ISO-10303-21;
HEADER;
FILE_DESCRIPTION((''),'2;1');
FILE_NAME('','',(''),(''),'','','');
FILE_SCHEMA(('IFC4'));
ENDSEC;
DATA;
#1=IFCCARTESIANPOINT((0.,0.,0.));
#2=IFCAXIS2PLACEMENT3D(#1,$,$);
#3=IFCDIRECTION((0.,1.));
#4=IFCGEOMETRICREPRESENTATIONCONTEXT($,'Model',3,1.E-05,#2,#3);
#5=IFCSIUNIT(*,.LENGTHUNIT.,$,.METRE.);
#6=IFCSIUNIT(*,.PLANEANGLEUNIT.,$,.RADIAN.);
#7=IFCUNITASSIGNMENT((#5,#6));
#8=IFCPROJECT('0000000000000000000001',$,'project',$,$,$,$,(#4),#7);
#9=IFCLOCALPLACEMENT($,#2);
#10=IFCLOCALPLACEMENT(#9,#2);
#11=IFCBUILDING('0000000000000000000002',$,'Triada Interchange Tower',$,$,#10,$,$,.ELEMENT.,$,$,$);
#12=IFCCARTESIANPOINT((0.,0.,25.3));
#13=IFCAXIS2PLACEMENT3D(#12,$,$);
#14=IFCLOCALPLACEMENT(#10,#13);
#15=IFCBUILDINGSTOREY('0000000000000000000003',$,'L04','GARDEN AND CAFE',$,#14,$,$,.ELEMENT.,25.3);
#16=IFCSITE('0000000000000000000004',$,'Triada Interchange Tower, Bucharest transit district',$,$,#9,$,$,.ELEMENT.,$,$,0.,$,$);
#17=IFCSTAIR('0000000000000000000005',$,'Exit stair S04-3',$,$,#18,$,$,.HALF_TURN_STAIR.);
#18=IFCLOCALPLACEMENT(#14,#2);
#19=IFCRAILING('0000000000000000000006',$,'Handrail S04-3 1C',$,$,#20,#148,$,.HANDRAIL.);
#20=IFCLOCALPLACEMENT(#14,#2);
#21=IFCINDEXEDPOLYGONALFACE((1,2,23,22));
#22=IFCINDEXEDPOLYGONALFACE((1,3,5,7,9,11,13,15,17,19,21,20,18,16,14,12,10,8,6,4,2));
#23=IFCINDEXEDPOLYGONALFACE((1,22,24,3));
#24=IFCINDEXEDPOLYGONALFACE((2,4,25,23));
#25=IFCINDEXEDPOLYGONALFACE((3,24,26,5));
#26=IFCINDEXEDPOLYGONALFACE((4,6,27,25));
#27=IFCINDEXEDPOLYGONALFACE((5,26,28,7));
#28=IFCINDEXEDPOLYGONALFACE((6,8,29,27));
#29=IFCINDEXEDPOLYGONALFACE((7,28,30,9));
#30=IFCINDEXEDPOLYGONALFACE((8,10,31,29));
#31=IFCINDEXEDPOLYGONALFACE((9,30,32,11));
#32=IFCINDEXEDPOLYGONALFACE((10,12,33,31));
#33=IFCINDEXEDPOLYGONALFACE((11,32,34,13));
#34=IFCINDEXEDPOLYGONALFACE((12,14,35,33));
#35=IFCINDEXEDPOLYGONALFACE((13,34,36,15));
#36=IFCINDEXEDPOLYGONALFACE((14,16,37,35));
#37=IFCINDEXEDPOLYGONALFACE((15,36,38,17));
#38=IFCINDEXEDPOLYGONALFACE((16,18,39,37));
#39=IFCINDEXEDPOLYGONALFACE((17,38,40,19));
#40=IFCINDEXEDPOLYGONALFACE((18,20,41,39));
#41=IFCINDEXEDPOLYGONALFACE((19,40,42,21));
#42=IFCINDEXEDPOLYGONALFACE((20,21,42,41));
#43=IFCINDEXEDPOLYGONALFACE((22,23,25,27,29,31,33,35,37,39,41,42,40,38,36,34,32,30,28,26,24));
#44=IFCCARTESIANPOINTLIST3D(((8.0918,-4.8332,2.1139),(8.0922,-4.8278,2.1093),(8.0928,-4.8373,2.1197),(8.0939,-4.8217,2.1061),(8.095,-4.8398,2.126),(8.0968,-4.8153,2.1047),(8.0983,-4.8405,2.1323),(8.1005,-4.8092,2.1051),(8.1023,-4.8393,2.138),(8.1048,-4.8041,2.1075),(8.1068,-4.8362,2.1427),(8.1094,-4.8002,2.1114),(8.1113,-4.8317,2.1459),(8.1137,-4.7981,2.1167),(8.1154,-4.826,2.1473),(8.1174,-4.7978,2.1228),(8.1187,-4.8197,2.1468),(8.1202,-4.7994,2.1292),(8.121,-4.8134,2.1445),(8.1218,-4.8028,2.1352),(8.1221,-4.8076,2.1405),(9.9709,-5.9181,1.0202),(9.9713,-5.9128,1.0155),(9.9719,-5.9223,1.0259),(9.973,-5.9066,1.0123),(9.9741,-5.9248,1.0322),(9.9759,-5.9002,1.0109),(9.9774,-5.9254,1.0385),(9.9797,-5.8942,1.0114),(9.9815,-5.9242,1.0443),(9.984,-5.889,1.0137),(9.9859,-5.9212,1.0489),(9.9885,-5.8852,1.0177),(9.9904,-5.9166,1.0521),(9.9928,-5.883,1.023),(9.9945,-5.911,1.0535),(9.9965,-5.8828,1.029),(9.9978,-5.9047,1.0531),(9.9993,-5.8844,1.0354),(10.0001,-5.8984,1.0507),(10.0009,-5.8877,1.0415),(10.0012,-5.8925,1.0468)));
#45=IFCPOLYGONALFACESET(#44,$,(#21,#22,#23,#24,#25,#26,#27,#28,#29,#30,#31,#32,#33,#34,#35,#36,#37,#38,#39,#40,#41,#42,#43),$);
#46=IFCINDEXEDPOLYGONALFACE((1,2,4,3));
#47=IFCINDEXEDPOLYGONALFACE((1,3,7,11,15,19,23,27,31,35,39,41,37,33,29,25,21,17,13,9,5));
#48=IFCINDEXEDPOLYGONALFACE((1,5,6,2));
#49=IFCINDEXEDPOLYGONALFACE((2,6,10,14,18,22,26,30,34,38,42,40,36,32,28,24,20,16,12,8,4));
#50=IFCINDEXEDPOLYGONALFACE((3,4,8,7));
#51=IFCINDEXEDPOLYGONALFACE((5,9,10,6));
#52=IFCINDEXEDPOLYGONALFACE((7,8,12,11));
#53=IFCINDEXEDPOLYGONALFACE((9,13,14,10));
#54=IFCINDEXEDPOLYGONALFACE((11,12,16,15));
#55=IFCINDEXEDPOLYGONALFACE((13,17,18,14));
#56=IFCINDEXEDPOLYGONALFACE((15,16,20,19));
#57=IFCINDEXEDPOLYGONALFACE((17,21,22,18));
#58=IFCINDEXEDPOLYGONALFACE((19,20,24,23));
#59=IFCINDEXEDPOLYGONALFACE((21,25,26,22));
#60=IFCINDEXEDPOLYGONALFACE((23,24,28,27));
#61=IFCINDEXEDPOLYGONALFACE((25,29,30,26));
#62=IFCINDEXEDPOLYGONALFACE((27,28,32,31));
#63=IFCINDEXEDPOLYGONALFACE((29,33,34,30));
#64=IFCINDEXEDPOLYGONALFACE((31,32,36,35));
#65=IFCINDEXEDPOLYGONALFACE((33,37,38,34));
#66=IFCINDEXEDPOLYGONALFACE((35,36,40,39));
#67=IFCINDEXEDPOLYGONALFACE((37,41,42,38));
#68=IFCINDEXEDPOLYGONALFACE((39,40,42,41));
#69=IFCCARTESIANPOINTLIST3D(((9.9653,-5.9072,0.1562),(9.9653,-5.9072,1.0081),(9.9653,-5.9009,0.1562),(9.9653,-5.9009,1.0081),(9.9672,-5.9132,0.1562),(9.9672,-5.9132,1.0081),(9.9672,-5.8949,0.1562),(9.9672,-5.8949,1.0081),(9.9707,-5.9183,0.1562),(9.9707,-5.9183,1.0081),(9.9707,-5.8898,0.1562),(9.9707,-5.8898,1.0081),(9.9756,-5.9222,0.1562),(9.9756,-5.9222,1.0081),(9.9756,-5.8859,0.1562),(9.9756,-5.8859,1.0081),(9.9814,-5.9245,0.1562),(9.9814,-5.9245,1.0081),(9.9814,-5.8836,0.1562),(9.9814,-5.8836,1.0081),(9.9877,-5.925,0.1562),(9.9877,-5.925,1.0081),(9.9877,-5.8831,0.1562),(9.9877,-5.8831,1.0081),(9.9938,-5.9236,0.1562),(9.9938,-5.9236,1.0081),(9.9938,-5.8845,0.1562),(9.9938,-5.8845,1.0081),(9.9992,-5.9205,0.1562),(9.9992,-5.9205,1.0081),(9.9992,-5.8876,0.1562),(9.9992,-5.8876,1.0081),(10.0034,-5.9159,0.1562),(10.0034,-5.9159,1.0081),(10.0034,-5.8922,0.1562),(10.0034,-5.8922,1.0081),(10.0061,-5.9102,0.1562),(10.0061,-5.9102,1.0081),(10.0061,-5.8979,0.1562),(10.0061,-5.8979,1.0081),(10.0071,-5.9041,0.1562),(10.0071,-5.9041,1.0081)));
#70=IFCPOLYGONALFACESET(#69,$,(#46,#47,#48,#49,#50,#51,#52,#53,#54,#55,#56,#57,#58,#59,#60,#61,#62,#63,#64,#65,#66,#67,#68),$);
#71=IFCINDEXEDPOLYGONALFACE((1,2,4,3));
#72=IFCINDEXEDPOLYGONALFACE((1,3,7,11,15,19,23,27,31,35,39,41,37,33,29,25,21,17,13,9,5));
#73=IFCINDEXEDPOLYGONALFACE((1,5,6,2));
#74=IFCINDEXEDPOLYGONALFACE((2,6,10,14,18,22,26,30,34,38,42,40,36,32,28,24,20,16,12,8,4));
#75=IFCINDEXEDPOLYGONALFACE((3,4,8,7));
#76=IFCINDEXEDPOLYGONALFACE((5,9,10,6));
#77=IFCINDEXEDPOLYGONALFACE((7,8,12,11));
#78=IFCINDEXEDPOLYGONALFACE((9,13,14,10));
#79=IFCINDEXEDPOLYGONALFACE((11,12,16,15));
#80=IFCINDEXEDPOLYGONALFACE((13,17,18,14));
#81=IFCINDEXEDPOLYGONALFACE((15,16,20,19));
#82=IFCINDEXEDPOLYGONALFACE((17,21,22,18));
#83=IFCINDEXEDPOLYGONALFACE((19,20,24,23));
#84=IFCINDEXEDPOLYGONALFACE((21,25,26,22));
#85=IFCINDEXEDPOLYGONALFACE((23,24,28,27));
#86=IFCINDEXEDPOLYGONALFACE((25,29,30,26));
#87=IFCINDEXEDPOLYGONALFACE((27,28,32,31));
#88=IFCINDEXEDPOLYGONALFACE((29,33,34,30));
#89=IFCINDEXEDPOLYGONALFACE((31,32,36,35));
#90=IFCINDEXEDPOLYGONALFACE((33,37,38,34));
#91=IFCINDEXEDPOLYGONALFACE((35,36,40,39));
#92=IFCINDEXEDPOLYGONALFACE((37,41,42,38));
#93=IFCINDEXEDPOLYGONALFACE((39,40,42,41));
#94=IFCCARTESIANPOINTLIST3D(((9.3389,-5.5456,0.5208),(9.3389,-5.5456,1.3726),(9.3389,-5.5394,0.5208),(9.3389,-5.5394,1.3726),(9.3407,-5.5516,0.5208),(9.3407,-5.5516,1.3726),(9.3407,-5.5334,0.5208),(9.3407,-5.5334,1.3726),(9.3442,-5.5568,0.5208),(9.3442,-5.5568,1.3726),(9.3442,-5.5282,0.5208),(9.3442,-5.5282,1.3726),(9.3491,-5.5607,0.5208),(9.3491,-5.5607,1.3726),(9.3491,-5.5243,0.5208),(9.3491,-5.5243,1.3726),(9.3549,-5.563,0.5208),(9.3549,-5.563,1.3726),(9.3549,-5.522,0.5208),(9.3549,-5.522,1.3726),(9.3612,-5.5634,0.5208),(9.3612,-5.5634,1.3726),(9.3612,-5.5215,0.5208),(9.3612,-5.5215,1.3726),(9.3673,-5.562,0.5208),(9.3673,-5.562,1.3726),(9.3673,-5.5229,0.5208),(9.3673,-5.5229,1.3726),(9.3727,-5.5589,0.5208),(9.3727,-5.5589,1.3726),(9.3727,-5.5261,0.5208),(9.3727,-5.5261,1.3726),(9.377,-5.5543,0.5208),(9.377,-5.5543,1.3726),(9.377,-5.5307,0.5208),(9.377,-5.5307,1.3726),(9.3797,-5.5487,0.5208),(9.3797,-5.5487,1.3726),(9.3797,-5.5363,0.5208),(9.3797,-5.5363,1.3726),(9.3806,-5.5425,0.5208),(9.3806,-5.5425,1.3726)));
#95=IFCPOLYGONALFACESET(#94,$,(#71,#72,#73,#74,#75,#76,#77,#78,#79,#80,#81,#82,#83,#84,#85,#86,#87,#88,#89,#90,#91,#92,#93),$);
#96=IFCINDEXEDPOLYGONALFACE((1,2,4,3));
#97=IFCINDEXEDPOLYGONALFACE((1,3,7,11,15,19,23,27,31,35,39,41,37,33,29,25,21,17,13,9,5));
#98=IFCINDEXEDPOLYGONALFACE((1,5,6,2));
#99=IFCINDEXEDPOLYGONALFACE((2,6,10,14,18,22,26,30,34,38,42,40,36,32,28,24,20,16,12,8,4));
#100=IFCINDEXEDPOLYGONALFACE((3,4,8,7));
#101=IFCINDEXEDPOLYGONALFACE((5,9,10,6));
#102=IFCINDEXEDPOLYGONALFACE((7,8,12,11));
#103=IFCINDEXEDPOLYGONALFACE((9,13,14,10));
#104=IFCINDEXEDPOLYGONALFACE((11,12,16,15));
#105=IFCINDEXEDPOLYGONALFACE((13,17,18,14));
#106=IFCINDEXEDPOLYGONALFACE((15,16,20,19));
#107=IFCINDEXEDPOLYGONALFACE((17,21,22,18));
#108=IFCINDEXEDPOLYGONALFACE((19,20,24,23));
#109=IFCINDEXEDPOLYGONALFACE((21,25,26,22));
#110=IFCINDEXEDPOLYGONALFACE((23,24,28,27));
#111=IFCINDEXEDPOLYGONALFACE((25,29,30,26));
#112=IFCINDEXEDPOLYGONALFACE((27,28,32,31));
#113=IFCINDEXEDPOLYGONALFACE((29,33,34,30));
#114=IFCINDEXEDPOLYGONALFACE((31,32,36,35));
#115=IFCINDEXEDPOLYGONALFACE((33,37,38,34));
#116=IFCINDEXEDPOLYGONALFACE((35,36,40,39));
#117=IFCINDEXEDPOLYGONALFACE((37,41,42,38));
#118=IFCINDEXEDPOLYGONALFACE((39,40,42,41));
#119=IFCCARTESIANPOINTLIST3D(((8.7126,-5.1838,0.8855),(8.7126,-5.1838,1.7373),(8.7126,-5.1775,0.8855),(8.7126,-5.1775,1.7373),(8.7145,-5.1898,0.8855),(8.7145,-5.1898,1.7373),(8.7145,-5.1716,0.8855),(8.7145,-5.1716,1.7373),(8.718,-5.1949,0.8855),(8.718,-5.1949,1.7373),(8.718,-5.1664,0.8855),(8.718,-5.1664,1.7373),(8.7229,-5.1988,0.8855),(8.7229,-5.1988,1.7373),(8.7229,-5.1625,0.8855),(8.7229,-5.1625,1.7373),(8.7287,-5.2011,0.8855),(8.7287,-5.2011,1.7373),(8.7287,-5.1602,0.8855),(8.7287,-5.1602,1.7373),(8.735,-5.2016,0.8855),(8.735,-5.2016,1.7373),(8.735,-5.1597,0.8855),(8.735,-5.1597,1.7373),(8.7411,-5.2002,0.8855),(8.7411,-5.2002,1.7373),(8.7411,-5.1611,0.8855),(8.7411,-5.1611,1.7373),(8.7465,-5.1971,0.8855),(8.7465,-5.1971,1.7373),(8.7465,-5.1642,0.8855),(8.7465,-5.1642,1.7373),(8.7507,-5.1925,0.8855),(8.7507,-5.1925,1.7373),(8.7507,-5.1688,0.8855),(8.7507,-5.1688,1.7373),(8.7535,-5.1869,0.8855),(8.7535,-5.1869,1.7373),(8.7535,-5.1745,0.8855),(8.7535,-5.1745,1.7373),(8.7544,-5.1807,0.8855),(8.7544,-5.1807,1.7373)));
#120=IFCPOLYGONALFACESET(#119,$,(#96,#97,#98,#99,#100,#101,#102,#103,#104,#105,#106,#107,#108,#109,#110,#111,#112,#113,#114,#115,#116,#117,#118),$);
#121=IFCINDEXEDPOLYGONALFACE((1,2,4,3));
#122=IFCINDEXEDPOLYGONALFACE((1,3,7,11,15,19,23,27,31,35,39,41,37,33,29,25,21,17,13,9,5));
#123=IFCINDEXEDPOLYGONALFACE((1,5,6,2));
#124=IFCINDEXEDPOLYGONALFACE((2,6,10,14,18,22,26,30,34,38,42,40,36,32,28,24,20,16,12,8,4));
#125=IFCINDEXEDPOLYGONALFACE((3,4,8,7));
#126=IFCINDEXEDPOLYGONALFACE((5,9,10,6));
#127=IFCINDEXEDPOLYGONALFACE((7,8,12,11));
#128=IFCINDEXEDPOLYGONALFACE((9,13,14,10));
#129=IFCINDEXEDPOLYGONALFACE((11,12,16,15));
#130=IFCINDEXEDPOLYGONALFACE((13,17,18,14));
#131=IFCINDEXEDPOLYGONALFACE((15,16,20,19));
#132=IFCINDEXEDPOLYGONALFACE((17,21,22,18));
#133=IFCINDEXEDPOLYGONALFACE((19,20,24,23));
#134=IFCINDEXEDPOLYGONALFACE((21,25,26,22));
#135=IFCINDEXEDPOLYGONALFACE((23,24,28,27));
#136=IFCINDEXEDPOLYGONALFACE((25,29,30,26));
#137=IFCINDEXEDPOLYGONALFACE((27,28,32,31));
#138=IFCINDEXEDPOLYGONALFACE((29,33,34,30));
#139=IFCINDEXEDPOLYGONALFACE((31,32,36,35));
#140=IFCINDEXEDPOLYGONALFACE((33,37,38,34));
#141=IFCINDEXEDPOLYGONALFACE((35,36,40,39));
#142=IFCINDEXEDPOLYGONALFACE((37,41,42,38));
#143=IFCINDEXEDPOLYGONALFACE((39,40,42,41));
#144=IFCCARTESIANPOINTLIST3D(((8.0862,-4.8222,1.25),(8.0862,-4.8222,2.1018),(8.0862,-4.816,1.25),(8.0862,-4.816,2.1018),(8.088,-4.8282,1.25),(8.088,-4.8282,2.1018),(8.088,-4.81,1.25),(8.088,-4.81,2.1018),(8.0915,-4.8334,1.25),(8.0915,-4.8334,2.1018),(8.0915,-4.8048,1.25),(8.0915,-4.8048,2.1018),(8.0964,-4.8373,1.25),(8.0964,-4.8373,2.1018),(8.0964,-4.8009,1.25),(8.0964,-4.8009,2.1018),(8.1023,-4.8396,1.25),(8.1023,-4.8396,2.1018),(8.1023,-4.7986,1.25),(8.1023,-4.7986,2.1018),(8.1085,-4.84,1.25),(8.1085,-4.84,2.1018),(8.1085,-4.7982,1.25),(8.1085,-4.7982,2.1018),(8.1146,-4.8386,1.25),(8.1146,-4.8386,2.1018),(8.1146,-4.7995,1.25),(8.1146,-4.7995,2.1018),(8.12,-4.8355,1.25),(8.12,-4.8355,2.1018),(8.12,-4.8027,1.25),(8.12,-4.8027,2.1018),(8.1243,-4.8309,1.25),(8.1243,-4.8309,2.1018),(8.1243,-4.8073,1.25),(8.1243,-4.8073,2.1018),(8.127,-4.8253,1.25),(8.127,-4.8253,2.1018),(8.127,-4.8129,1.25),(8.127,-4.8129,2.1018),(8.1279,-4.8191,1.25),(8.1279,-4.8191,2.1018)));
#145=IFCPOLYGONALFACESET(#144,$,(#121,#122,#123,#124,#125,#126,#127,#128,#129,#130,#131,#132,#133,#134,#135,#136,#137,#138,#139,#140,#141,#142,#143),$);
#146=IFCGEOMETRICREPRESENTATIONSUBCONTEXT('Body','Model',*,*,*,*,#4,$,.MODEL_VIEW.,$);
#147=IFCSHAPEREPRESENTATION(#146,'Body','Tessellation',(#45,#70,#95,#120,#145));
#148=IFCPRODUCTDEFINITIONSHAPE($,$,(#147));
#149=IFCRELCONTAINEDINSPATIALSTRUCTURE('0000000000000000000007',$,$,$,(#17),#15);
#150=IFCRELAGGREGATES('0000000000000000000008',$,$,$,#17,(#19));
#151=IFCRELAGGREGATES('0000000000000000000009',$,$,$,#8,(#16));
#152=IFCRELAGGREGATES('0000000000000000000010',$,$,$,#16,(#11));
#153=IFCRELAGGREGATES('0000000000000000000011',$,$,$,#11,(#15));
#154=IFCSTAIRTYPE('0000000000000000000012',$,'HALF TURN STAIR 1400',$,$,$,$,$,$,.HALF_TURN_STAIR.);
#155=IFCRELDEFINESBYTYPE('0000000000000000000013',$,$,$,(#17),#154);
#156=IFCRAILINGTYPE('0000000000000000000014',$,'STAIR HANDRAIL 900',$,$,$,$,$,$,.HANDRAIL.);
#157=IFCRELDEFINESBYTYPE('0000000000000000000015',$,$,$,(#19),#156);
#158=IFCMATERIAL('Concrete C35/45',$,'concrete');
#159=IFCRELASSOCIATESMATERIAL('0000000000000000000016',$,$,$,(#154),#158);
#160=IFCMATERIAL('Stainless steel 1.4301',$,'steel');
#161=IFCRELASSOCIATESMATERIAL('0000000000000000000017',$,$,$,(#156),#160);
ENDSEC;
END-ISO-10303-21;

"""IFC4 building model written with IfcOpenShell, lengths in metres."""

from ifc_helpers import new_model, si_unit, direction, frame, origin, origin_2d, place, context, subcontext, project, spatial, circle, extrude, material, type_object, element, aggregate, save


model = new_model("IFC4")

# Units and contexts
model_context = context("Model", 3, precision=1e-05, world=origin(), true_north=direction((0.0, 1.0)))
body_context = subcontext(model_context, "Body", "Model", "MODEL_VIEW")
ifc_project = project(units=[si_unit("LENGTHUNIT", "METRE"), si_unit("PLANEANGLEUNIT", "RADIAN")], contexts=[model_context])

# Site, building, storey
site_placement = place(None, origin())
site = spatial("IfcSite", under=ifc_project, at=site_placement, Name="Triada Interchange Tower, Bucharest transit district", CompositionType="ELEMENT", RefElevation=0.0)
building_placement = place(site_placement, origin())
building = spatial("IfcBuilding", under=site, at=building_placement, Name="Triada Interchange Tower", CompositionType="ELEMENT")
storey_placement = place(building_placement, frame((0.0, 0.0, 25.3)))
storey = spatial("IfcBuildingStorey", under=building, at=storey_placement, Name="L04", Description="GARDEN AND CAFE", CompositionType="ELEMENT", Elevation=25.3)

# Shared definitions
ifc_material_1 = material(Name="Concrete C35/45", Category="concrete")

# Stair, railing
stair_type = type_object("IfcStairType", Name="HALF TURN STAIR 1400", PredefinedType="HALF_TURN_STAIR", material=ifc_material_1)
stair_placement = place(storey_placement, origin())
stair = element("IfcStair", 1, at=stair_placement, inside=storey, type_object=stair_type, Name="Exit stair S04-3", PredefinedType="HALF_TURN_STAIR")
ifc_material_2 = material(Name="Stainless steel 1.4301", Category="steel")
railing_type_1 = type_object("IfcRailingType", Name="STAIR HANDRAIL 900", PredefinedType="HANDRAIL", material=ifc_material_2)
railing_1_placement = place(storey_placement, frame((9.9861, -5.9041, 0.1562)))
railing_1 = element("IfcRailing", 2, at=railing_1_placement, type_object=railing_type_1, Name="Handrail S04-3 1C", PredefinedType="HANDRAIL", context=body_context, shape_type="SweptSolid", body=[
    extrude(circle(Radius=0.0239, at=origin_2d()), frame((0.0, 0.0, 0.876), z_axis=(-0.77333, 0.446496, 0.450113), x_axis=(-0.500011, -0.866019, 0.0)), (0.0, 0.0, 1.0), 2.4299),
    extrude(circle(Radius=0.021, at=origin_2d()), origin(), (0.0, 0.0, 1.0), 0.8518),
    extrude(circle(Radius=0.021, at=origin_2d()), frame((-0.6265, 0.3616, 0.3645)), (0.0, 0.0, 1.0), 0.8518),
    extrude(circle(Radius=0.021, at=origin_2d()), frame((-1.2527, 0.7234, 0.7292)), (0.0, 0.0, 1.0), 0.8518),
    extrude(circle(Radius=0.021, at=origin_2d()), frame((-1.8792, 1.085, 1.0938)), (0.0, 0.0, 1.0), 0.8518),
])
aggregate(stair, [railing_1])

save(model, "model.ifc")
